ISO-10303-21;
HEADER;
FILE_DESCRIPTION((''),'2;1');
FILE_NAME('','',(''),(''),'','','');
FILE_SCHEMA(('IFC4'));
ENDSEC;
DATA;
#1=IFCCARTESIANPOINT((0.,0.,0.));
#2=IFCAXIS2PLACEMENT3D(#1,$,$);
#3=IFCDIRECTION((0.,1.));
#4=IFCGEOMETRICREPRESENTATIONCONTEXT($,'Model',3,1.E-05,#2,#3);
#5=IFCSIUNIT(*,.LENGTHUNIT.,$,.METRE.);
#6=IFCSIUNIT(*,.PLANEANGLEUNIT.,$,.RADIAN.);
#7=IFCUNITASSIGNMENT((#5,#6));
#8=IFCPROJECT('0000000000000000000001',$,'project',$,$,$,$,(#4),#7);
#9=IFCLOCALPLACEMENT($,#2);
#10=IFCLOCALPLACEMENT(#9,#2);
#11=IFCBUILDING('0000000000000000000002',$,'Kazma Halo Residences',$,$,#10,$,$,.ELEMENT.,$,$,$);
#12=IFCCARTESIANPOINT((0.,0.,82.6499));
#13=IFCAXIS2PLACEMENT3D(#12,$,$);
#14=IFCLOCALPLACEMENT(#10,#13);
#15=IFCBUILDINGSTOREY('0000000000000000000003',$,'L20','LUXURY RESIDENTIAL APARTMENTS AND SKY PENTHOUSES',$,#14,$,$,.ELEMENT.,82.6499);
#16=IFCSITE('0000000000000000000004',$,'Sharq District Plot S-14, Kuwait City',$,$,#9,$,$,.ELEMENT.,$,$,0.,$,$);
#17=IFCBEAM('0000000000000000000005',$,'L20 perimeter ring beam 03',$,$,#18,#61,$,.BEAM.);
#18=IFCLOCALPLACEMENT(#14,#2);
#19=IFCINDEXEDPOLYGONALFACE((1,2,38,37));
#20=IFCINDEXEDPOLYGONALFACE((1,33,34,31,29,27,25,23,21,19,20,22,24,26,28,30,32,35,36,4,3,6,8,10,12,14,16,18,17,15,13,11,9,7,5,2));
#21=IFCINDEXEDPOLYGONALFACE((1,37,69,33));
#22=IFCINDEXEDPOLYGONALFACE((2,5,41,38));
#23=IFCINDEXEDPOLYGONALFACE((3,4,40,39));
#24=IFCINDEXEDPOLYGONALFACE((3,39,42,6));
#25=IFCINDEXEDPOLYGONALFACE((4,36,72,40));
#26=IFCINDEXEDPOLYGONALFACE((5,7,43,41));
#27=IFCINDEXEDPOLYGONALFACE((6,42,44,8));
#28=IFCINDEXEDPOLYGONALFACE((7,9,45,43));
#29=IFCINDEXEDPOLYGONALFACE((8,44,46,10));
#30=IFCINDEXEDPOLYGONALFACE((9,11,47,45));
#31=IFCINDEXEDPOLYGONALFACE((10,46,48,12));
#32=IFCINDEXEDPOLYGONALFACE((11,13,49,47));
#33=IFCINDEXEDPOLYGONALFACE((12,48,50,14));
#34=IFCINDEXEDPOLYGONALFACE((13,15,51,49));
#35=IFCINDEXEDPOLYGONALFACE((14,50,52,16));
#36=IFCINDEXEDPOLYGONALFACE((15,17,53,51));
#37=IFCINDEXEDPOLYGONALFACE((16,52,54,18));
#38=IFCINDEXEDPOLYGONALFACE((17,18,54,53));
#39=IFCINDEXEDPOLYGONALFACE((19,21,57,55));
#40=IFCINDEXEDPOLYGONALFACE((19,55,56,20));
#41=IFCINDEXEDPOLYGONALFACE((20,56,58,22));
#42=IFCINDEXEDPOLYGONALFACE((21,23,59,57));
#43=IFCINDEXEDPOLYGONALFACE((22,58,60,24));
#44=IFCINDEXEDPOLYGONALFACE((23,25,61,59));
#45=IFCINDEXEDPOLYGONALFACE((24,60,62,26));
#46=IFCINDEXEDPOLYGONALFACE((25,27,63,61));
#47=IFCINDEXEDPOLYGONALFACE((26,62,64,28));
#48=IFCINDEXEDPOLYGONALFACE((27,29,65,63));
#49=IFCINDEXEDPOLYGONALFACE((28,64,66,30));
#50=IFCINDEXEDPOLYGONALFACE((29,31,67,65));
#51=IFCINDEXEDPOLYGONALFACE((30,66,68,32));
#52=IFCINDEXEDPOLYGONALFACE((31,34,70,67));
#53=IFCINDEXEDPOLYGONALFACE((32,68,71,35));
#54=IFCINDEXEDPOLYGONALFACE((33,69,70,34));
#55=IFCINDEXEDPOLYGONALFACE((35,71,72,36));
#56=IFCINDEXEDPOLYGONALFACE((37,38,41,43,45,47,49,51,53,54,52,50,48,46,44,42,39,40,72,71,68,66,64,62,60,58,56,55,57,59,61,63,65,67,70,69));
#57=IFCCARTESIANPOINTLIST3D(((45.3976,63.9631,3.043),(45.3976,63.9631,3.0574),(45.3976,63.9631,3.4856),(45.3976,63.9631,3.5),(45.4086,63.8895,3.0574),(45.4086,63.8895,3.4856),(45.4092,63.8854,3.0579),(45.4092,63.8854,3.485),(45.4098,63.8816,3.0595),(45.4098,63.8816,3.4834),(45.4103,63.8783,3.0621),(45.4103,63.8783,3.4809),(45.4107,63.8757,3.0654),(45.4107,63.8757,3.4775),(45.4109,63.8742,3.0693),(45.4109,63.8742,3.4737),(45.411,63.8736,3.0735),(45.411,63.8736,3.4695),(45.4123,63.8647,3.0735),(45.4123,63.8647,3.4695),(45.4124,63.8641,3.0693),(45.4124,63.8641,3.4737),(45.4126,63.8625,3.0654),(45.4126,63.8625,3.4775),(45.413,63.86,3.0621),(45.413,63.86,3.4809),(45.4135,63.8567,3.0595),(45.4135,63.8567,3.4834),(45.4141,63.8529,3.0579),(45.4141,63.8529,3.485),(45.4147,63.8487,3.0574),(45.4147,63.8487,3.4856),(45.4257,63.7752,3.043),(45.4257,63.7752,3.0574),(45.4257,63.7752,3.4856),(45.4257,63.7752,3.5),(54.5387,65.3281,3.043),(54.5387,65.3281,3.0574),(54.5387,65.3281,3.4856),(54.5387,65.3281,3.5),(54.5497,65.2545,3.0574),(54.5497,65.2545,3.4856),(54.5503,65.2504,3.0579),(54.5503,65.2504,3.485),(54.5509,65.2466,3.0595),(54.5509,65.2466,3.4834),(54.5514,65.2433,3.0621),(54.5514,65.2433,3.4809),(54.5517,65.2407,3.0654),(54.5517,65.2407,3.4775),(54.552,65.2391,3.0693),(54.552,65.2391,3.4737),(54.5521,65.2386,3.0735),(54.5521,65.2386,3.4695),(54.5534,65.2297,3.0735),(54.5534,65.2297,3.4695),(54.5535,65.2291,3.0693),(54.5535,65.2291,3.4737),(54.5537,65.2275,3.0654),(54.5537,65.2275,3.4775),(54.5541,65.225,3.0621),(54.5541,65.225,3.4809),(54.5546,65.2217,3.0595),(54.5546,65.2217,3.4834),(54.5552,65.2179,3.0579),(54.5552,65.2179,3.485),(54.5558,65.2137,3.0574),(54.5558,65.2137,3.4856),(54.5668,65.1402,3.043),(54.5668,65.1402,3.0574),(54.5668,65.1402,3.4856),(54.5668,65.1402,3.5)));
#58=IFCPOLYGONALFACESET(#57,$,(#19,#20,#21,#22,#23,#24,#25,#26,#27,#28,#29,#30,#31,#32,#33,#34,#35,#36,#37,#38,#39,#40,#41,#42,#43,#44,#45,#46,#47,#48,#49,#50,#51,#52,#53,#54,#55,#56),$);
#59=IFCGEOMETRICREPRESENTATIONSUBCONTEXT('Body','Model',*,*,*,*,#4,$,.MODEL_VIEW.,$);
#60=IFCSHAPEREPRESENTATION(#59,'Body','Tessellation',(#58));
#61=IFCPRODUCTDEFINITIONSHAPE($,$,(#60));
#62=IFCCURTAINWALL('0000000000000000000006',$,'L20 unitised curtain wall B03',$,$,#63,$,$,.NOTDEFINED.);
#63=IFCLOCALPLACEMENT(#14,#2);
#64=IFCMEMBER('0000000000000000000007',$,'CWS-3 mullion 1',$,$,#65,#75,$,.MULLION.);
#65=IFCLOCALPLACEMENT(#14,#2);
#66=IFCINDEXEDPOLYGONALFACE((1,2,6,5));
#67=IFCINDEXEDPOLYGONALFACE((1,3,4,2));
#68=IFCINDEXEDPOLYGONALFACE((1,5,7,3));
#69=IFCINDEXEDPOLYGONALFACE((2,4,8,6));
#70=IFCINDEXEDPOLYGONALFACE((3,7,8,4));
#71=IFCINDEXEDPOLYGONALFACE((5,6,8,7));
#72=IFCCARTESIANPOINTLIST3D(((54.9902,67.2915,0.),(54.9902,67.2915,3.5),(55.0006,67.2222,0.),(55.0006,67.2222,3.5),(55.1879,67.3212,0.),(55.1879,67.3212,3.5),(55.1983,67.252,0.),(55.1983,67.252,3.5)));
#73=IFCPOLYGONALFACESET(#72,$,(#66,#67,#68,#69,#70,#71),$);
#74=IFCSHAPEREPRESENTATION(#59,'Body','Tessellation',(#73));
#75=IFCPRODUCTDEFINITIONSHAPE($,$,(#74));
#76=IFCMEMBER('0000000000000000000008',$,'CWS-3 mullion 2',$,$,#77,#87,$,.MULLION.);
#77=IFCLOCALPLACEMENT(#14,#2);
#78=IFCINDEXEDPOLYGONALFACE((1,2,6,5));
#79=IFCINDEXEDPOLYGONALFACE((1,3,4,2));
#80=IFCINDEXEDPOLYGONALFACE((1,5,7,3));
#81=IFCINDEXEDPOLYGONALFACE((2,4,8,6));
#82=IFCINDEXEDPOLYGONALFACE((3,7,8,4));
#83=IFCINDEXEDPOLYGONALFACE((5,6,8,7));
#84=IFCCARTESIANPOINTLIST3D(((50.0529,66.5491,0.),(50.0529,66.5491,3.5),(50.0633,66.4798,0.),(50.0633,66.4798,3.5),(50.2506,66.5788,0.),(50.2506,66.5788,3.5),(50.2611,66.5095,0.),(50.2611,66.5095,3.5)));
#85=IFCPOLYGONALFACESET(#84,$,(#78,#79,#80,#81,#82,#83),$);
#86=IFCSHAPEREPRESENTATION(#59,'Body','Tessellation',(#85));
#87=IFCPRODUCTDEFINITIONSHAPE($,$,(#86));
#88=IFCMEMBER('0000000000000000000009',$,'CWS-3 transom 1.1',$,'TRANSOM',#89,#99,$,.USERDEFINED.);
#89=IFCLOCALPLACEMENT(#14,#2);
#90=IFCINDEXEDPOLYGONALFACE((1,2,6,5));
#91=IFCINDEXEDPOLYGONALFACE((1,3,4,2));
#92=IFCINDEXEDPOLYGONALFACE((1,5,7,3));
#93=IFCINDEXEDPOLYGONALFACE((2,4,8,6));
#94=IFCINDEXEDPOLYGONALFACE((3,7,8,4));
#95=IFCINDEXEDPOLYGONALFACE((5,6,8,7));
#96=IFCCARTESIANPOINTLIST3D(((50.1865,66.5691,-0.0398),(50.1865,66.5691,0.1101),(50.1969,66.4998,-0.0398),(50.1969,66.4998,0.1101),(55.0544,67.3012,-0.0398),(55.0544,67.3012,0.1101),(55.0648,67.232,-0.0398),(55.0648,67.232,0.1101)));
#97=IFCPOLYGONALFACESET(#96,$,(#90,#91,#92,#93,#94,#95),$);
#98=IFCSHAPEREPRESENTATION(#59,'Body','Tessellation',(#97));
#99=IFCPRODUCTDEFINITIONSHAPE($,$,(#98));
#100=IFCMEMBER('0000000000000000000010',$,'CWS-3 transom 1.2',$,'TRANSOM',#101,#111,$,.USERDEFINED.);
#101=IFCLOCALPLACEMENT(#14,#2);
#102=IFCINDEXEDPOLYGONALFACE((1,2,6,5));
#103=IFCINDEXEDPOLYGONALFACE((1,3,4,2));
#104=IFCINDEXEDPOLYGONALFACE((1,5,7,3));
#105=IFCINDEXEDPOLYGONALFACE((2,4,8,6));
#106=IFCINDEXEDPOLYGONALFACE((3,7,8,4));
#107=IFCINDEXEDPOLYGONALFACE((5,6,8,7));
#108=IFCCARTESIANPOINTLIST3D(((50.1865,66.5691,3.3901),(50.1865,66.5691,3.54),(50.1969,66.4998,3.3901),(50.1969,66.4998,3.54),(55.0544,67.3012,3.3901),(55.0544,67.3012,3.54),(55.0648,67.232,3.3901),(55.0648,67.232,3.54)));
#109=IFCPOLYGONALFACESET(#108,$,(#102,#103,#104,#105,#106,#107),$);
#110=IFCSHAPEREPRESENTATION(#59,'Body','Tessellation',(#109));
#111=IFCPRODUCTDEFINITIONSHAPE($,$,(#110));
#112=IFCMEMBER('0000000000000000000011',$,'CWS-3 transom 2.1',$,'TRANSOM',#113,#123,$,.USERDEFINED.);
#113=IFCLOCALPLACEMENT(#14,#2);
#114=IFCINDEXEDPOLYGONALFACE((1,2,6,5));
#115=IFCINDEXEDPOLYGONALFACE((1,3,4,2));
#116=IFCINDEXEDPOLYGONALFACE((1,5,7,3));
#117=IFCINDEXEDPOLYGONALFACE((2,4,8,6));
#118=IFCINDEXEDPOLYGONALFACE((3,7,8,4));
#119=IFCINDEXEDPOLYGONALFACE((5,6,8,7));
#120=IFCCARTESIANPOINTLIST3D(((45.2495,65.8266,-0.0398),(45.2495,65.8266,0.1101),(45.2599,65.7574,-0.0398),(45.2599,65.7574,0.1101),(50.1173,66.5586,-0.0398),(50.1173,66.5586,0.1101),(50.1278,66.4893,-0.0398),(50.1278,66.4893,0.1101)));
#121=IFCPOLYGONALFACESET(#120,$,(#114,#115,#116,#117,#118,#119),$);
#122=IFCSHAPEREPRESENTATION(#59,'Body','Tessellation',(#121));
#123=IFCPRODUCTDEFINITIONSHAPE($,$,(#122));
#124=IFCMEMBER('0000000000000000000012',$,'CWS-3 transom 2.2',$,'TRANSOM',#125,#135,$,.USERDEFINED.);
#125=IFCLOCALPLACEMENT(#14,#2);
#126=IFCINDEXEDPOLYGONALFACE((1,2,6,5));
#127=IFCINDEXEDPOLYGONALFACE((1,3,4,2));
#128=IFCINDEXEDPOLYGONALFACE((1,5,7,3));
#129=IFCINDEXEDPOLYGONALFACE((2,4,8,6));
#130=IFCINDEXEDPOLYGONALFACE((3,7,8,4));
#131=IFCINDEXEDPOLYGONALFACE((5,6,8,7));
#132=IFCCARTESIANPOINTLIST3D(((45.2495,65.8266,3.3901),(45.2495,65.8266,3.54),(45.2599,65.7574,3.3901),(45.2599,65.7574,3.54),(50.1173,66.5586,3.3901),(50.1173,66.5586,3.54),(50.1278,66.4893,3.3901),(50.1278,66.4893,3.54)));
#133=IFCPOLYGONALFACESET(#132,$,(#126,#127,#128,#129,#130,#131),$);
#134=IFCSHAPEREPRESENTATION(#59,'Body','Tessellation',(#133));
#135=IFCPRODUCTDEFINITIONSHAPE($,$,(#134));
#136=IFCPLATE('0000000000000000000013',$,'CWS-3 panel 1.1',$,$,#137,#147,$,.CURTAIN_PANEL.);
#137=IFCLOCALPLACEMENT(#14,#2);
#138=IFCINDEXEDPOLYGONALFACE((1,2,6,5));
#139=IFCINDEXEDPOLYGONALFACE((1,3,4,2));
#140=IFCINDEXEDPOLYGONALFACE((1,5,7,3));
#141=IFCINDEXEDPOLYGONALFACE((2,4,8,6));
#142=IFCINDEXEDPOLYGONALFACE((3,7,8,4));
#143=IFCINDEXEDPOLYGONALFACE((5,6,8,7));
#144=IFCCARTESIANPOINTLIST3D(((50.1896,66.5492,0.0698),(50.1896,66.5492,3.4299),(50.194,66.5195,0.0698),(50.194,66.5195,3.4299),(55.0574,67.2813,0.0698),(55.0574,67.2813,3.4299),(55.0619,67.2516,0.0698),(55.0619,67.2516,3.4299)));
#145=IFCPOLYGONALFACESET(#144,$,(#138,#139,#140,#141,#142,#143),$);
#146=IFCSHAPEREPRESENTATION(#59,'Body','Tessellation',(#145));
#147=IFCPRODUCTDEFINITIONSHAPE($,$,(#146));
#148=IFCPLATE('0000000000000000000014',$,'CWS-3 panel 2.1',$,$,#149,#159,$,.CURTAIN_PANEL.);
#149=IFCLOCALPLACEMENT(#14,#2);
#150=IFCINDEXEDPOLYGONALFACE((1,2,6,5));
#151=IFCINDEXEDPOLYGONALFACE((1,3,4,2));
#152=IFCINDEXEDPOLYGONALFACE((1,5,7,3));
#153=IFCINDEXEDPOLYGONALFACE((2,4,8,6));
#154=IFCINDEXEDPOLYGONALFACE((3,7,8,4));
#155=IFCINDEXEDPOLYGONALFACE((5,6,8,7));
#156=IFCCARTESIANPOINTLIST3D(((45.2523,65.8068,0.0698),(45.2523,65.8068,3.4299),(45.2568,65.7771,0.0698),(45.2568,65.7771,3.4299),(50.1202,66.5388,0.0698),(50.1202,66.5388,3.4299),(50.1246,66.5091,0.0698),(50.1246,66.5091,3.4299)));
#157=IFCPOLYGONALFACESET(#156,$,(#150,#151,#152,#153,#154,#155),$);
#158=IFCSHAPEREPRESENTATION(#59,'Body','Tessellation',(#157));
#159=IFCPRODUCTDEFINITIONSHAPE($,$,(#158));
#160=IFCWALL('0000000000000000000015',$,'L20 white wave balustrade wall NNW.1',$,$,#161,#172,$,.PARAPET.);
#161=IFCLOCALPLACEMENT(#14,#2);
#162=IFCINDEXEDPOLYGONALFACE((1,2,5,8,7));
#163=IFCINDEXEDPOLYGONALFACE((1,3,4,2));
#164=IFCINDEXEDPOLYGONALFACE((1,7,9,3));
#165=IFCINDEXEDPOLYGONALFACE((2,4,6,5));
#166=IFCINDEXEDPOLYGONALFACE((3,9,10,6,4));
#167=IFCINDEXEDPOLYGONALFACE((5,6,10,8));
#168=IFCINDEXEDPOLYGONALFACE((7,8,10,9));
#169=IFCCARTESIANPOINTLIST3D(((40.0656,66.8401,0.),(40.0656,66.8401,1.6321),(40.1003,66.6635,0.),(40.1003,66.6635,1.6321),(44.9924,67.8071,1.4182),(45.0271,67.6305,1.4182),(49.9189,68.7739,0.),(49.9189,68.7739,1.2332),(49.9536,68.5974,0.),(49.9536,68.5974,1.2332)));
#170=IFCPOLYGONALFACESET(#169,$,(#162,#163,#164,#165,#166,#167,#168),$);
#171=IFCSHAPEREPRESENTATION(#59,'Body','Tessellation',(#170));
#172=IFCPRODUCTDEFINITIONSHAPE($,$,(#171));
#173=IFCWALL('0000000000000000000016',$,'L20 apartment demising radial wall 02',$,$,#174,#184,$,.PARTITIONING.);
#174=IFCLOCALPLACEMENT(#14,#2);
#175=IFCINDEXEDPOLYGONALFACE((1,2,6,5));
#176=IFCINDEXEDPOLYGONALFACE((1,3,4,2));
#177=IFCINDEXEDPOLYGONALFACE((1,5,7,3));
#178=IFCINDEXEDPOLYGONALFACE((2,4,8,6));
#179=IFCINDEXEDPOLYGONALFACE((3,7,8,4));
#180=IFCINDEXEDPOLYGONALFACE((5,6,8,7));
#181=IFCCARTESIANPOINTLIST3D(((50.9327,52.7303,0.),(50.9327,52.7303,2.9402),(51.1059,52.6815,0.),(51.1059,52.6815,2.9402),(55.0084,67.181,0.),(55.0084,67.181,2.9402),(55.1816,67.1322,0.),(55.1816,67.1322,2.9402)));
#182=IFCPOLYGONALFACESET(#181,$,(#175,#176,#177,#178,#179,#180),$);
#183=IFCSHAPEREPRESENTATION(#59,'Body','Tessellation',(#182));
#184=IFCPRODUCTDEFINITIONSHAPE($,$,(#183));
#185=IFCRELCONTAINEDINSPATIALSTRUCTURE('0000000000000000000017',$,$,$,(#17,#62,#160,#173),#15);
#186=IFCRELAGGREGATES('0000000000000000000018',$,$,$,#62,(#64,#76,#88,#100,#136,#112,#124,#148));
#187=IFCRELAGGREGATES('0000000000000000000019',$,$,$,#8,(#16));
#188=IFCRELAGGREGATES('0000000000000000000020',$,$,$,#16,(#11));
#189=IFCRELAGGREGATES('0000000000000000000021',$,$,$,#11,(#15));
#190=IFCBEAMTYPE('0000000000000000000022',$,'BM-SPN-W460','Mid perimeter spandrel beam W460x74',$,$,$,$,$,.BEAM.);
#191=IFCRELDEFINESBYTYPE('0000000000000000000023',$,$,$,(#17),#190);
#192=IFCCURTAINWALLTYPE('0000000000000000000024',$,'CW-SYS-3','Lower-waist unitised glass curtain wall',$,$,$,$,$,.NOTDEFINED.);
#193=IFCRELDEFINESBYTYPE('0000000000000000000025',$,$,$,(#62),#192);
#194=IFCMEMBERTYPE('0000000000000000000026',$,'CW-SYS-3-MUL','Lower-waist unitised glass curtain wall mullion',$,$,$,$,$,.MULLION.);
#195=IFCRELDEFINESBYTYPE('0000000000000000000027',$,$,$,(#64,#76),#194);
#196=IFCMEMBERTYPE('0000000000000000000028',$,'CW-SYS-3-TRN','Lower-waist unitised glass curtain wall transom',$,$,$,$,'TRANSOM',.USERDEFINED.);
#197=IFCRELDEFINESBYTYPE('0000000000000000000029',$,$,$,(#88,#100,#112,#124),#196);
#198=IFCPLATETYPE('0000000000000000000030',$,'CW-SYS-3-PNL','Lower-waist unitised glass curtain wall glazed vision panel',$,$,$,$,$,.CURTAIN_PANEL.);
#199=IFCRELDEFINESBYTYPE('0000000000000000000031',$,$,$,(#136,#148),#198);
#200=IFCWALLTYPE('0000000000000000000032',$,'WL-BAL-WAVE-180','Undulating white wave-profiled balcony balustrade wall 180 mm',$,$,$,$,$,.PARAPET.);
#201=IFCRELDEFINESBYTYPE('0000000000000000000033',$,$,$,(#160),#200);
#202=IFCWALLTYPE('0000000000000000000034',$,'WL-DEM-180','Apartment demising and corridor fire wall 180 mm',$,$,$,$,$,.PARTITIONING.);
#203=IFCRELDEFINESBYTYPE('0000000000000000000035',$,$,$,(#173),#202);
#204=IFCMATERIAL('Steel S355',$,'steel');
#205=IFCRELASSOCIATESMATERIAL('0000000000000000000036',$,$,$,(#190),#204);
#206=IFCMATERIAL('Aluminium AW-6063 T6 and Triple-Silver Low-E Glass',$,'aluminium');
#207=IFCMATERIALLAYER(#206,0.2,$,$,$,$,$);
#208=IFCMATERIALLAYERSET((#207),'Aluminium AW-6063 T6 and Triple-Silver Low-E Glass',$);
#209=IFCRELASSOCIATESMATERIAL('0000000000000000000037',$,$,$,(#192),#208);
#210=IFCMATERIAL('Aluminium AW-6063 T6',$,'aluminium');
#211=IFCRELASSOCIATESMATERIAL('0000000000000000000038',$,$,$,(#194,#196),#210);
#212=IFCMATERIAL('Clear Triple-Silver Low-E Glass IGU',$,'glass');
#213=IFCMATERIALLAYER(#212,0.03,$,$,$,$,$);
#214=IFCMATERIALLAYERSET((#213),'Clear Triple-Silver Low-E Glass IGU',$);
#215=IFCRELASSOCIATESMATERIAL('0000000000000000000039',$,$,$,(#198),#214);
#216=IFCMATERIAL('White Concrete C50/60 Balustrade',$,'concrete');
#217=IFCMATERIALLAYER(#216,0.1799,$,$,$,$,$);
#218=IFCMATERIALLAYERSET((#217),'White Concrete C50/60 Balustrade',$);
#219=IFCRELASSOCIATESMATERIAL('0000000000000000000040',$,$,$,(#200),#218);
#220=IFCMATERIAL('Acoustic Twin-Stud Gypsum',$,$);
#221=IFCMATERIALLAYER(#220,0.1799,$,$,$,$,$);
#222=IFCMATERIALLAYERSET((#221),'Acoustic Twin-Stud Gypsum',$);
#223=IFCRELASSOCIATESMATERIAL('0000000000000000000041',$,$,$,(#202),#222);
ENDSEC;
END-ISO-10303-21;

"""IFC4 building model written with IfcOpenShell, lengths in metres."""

from ifc_helpers import new_model, si_unit, direction, frame, frame_2d, origin, origin_2d, place, context, subcontext, project, spatial, polyline, rectangle, i_section, outline, extrude, material, layer, layer_set, material_profile, profile_set, type_object, element, aggregate, save


model = new_model("IFC4")

# Units and contexts
model_context = context("Model", 3, precision=1e-05, world=origin(), true_north=direction((0.0, 1.0)))
body_context = subcontext(model_context, "Body", "Model", "MODEL_VIEW")
ifc_project = project(units=[si_unit("LENGTHUNIT", "METRE"), si_unit("PLANEANGLEUNIT", "RADIAN")], contexts=[model_context])

# Site, building, storey
site_placement = place(None, origin())
site = spatial("IfcSite", under=ifc_project, at=site_placement, Name="Sharq District Plot S-14, Kuwait City", CompositionType="ELEMENT", RefElevation=0.0)
building_placement = place(site_placement, origin())
building = spatial("IfcBuilding", under=site, at=building_placement, Name="Kazma Halo Residences", CompositionType="ELEMENT")
storey_placement = place(building_placement, frame((0.0, 0.0, 82.6499)))
storey = spatial("IfcBuildingStorey", under=building, at=storey_placement, Name="L20", Description="LUXURY RESIDENTIAL APARTMENTS AND SKY PENTHOUSES", CompositionType="ELEMENT", Elevation=82.6499)

# Beam
ifc_material_1 = material(Name="Steel S355", Category="steel")
ifc_material_profile_1 = material_profile(ifc_material_1, i_section(OverallWidth=0.1899, OverallDepth=0.457, WebThickness=0.009, FlangeThickness=0.0144, FilletRadius=0.0161, at=origin_2d()), Name="W460x74")
ifc_profile_set_1 = profile_set([ifc_material_profile_1], Name="Steel S355")
beam_type_1 = type_object("IfcBeamType", Name="BM-SPN-W460", Description="Mid perimeter spandrel beam W460x74", PredefinedType="BEAM", material=ifc_profile_set_1)
beam_1_placement = place(storey_placement, frame((54.5527, 65.2341, 3.2715), z_axis=(-0.989034, -0.147687, 0.0), x_axis=(0.147687, -0.989034, 0.0)))
element("IfcBeam", 1, at=beam_1_placement, inside=storey, type_object=beam_type_1, Name="L20 perimeter ring beam 03", PredefinedType="BEAM", context=body_context, shape_type="SweptSolid", body=[
    extrude(i_section(OverallWidth=0.1899, OverallDepth=0.457, WebThickness=0.009, FlangeThickness=0.0144, FilletRadius=0.0161, at=origin_2d()), origin(), (0.0, 0.0, 1.0), 9.2424),
])

# Curtain wall, members, plates
ifc_material_2 = material(Name="Aluminium AW-6063 T6 and Triple-Silver Low-E Glass", Category="aluminium")
ifc_layer_1 = layer(ifc_material_2, 0.2)
ifc_layer_set_1 = layer_set([ifc_layer_1], Name="Aluminium AW-6063 T6 and Triple-Silver Low-E Glass")
curtain_wall_type = type_object("IfcCurtainWallType", Name="CW-SYS-3", Description="Lower-waist unitised glass curtain wall", PredefinedType="NOTDEFINED", material=ifc_layer_set_1)
curtain_wall_placement = place(storey_placement, origin())
curtain_wall = element("IfcCurtainWall", 2, at=curtain_wall_placement, inside=storey, type_object=curtain_wall_type, Name="L20 unitised curtain wall B03", PredefinedType="NOTDEFINED")
ifc_material_3 = material(Name="Aluminium AW-6063 T6", Category="aluminium")
ifc_material_profile_2 = material_profile(ifc_material_3, rectangle(XDim=0.0701, YDim=0.2, at=origin_2d()), Name="CWM-70x200")
ifc_profile_set_2 = profile_set([ifc_material_profile_2], Name="Aluminium AW-6063 T6")
member_type_1 = type_object("IfcMemberType", Name="CW-SYS-3-MUL", Description="Lower-waist unitised glass curtain wall mullion", PredefinedType="MULLION", material=ifc_profile_set_2)
member_1_placement = place(storey_placement, frame((55.0942, 67.2717, 0.0), z_axis=(0.0, 0.0, 1.0), x_axis=(0.148717, -0.98888, 0.0)))
member_1 = element("IfcMember", 3, at=member_1_placement, type_object=member_type_1, Name="CWS-3 mullion 1", PredefinedType="MULLION", context=body_context, shape_type="SweptSolid", body=[
    extrude(rectangle(XDim=0.0701, YDim=0.2, at=origin_2d()), origin(), (0.0, 0.0, 1.0), 3.5),
])
member_2_placement = place(storey_placement, frame((50.157, 66.5293, 0.0), z_axis=(0.0, 0.0, 1.0), x_axis=(0.148717, -0.98888, 0.0)))
member_2 = element("IfcMember", 4, at=member_2_placement, type_object=member_type_1, Name="CWS-3 mullion 2", PredefinedType="MULLION", context=body_context, shape_type="SweptSolid", body=[
    extrude(rectangle(XDim=0.0701, YDim=0.2, at=origin_2d()), origin(), (0.0, 0.0, 1.0), 3.5),
])
ifc_material_profile_3 = material_profile(ifc_material_3, rectangle(XDim=0.0701, YDim=0.1499, at=origin_2d()), Name="CWT-70x150")
ifc_profile_set_3 = profile_set([ifc_material_profile_3], Name="Aluminium AW-6063 T6")
member_type_2 = type_object("IfcMemberType", Name="CW-SYS-3-TRN", Description="Lower-waist unitised glass curtain wall transom", ElementType="TRANSOM", PredefinedType="USERDEFINED", material=ifc_profile_set_3)
member_3_placement = place(storey_placement, frame((55.0596, 67.2666, 0.0352), z_axis=(-0.988877, -0.148736, 0.0), x_axis=(0.148736, -0.988877, 0.0)))
member_3 = element("IfcMember", 5, at=member_3_placement, type_object=member_type_2, Name="CWS-3 transom 1.1", ObjectType="TRANSOM", PredefinedType="USERDEFINED", context=body_context, shape_type="SweptSolid", body=[
    extrude(rectangle(XDim=0.0701, YDim=0.1499, at=origin_2d()), origin(), (0.0, 0.0, 1.0), 4.9226),
])
member_4_placement = place(storey_placement, frame((55.0596, 67.2666, 3.4651), z_axis=(-0.988877, -0.148736, 0.0), x_axis=(0.148736, -0.988877, 0.0)))
member_4 = element("IfcMember", 6, at=member_4_placement, type_object=member_type_2, Name="CWS-3 transom 1.2", ObjectType="TRANSOM", PredefinedType="USERDEFINED", context=body_context, shape_type="SweptSolid", body=[
    extrude(rectangle(XDim=0.0701, YDim=0.1499, at=origin_2d()), origin(), (0.0, 0.0, 1.0), 4.9226),
])
member_5_placement = place(storey_placement, frame((50.1226, 66.5239, 0.0352), z_axis=(-0.988884, -0.148687, 0.0), x_axis=(0.148687, -0.988884, 0.0)))
member_5 = element("IfcMember", 7, at=member_5_placement, type_object=member_type_2, Name="CWS-3 transom 2.1", ObjectType="TRANSOM", PredefinedType="USERDEFINED", context=body_context, shape_type="SweptSolid", body=[
    extrude(rectangle(XDim=0.0701, YDim=0.1499, at=origin_2d()), origin(), (0.0, 0.0, 1.0), 4.9226),
])
member_6_placement = place(storey_placement, frame((50.1226, 66.5239, 3.4651), z_axis=(-0.988884, -0.148687, 0.0), x_axis=(0.148687, -0.988884, 0.0)))
member_6 = element("IfcMember", 8, at=member_6_placement, type_object=member_type_2, Name="CWS-3 transom 2.2", ObjectType="TRANSOM", PredefinedType="USERDEFINED", context=body_context, shape_type="SweptSolid", body=[
    extrude(rectangle(XDim=0.0701, YDim=0.1499, at=origin_2d()), origin(), (0.0, 0.0, 1.0), 4.9226),
])
ifc_material_4 = material(Name="Clear Triple-Silver Low-E Glass IGU", Category="glass")
ifc_layer_2 = layer(ifc_material_4, 0.03)
ifc_layer_set_2 = layer_set([ifc_layer_2], Name="Clear Triple-Silver Low-E Glass IGU")
plate_type = type_object("IfcPlateType", Name="CW-SYS-3-PNL", Description="Lower-waist unitised glass curtain wall glazed vision panel", PredefinedType="CURTAIN_PANEL", material=ifc_layer_set_2)
plate_1_placement = place(storey_placement, frame((52.6257, 66.9004, 0.0698), z_axis=(0.0, 0.0, 1.0), x_axis=(-0.98888, -0.148717, 0.0)))
plate_1 = element("IfcPlate", 9, at=plate_1_placement, type_object=plate_type, Name="CWS-3 panel 1.1", PredefinedType="CURTAIN_PANEL", context=body_context, shape_type="SweptSolid", body=[
    extrude(rectangle(XDim=4.9226, YDim=0.03, at=origin_2d()), origin(), (0.0, 0.0, 1.0), 3.3601),
])
plate_2_placement = place(storey_placement, frame((47.6885, 66.158, 0.0698), z_axis=(0.0, 0.0, 1.0), x_axis=(-0.98888, -0.148717, 0.0)))
plate_2 = element("IfcPlate", 10, at=plate_2_placement, type_object=plate_type, Name="CWS-3 panel 2.1", PredefinedType="CURTAIN_PANEL", context=body_context, shape_type="SweptSolid", body=[
    extrude(rectangle(XDim=4.9226, YDim=0.03, at=origin_2d()), origin(), (0.0, 0.0, 1.0), 3.3601),
])
aggregate(curtain_wall, [member_1, member_2, member_3, member_4, plate_1, member_5, member_6, plate_2])

# Walls
ifc_material_5 = material(Name="White Concrete C50/60 Balustrade", Category="concrete")
ifc_layer_3 = layer(ifc_material_5, 0.1799)
ifc_layer_set_3 = layer_set([ifc_layer_3], Name="White Concrete C50/60 Balustrade")
wall_type_1 = type_object("IfcWallType", Name="WL-BAL-WAVE-180", Description="Undulating white wave-profiled balcony balustrade wall 180 mm", PredefinedType="PARAPET", material=ifc_layer_set_3)
wall_1_placement = place(storey_placement, frame((49.9363, 68.6855, 0.0), z_axis=(0.0, 0.0, 1.0), x_axis=(-0.981279, -0.192589, 0.0)))
element("IfcWall", 11, at=wall_1_placement, inside=storey, type_object=wall_type_1, Name="L20 white wave balustrade wall NNW.1", PredefinedType="PARAPET", context=body_context, shape_type="SweptSolid", body=[
    extrude(outline(polyline([(0.0, 0.0), (10.0413, 0.0), (10.0413, 1.6321), (5.0205, 1.4182), (0.0, 1.2332), (0.0, 0.0)])), frame((0.0, 0.0898, 0.0), z_axis=(0.0, -1.0, 0.0), x_axis=(1.0, 0.0, 0.0)), (0.0, 0.0, 1.0), 0.1799),
])
ifc_material_6 = material(Name="Acoustic Twin-Stud Gypsum")
ifc_layer_4 = layer(ifc_material_6, 0.1799)
ifc_layer_set_4 = layer_set([ifc_layer_4], Name="Acoustic Twin-Stud Gypsum")
wall_type_2 = type_object("IfcWallType", Name="WL-DEM-180", Description="Apartment demising and corridor fire wall 180 mm", PredefinedType="PARTITIONING", material=ifc_layer_set_4)
wall_2_placement = place(storey_placement, frame((51.0193, 52.7058, 0.0), z_axis=(0.0, 0.0, 1.0), x_axis=(0.271451, 0.962452, 0.0)))
element("IfcWall", 12, at=wall_2_placement, inside=storey, type_object=wall_type_2, Name="L20 apartment demising radial wall 02", PredefinedType="PARTITIONING", context=body_context, shape_type="SweptSolid", body=[
    extrude(rectangle(XDim=15.0144, YDim=0.1799, at=frame_2d((7.5073, 0.0))), origin(), (0.0, 0.0, 1.0), 2.9402),
])

save(model, "model.ifc")
